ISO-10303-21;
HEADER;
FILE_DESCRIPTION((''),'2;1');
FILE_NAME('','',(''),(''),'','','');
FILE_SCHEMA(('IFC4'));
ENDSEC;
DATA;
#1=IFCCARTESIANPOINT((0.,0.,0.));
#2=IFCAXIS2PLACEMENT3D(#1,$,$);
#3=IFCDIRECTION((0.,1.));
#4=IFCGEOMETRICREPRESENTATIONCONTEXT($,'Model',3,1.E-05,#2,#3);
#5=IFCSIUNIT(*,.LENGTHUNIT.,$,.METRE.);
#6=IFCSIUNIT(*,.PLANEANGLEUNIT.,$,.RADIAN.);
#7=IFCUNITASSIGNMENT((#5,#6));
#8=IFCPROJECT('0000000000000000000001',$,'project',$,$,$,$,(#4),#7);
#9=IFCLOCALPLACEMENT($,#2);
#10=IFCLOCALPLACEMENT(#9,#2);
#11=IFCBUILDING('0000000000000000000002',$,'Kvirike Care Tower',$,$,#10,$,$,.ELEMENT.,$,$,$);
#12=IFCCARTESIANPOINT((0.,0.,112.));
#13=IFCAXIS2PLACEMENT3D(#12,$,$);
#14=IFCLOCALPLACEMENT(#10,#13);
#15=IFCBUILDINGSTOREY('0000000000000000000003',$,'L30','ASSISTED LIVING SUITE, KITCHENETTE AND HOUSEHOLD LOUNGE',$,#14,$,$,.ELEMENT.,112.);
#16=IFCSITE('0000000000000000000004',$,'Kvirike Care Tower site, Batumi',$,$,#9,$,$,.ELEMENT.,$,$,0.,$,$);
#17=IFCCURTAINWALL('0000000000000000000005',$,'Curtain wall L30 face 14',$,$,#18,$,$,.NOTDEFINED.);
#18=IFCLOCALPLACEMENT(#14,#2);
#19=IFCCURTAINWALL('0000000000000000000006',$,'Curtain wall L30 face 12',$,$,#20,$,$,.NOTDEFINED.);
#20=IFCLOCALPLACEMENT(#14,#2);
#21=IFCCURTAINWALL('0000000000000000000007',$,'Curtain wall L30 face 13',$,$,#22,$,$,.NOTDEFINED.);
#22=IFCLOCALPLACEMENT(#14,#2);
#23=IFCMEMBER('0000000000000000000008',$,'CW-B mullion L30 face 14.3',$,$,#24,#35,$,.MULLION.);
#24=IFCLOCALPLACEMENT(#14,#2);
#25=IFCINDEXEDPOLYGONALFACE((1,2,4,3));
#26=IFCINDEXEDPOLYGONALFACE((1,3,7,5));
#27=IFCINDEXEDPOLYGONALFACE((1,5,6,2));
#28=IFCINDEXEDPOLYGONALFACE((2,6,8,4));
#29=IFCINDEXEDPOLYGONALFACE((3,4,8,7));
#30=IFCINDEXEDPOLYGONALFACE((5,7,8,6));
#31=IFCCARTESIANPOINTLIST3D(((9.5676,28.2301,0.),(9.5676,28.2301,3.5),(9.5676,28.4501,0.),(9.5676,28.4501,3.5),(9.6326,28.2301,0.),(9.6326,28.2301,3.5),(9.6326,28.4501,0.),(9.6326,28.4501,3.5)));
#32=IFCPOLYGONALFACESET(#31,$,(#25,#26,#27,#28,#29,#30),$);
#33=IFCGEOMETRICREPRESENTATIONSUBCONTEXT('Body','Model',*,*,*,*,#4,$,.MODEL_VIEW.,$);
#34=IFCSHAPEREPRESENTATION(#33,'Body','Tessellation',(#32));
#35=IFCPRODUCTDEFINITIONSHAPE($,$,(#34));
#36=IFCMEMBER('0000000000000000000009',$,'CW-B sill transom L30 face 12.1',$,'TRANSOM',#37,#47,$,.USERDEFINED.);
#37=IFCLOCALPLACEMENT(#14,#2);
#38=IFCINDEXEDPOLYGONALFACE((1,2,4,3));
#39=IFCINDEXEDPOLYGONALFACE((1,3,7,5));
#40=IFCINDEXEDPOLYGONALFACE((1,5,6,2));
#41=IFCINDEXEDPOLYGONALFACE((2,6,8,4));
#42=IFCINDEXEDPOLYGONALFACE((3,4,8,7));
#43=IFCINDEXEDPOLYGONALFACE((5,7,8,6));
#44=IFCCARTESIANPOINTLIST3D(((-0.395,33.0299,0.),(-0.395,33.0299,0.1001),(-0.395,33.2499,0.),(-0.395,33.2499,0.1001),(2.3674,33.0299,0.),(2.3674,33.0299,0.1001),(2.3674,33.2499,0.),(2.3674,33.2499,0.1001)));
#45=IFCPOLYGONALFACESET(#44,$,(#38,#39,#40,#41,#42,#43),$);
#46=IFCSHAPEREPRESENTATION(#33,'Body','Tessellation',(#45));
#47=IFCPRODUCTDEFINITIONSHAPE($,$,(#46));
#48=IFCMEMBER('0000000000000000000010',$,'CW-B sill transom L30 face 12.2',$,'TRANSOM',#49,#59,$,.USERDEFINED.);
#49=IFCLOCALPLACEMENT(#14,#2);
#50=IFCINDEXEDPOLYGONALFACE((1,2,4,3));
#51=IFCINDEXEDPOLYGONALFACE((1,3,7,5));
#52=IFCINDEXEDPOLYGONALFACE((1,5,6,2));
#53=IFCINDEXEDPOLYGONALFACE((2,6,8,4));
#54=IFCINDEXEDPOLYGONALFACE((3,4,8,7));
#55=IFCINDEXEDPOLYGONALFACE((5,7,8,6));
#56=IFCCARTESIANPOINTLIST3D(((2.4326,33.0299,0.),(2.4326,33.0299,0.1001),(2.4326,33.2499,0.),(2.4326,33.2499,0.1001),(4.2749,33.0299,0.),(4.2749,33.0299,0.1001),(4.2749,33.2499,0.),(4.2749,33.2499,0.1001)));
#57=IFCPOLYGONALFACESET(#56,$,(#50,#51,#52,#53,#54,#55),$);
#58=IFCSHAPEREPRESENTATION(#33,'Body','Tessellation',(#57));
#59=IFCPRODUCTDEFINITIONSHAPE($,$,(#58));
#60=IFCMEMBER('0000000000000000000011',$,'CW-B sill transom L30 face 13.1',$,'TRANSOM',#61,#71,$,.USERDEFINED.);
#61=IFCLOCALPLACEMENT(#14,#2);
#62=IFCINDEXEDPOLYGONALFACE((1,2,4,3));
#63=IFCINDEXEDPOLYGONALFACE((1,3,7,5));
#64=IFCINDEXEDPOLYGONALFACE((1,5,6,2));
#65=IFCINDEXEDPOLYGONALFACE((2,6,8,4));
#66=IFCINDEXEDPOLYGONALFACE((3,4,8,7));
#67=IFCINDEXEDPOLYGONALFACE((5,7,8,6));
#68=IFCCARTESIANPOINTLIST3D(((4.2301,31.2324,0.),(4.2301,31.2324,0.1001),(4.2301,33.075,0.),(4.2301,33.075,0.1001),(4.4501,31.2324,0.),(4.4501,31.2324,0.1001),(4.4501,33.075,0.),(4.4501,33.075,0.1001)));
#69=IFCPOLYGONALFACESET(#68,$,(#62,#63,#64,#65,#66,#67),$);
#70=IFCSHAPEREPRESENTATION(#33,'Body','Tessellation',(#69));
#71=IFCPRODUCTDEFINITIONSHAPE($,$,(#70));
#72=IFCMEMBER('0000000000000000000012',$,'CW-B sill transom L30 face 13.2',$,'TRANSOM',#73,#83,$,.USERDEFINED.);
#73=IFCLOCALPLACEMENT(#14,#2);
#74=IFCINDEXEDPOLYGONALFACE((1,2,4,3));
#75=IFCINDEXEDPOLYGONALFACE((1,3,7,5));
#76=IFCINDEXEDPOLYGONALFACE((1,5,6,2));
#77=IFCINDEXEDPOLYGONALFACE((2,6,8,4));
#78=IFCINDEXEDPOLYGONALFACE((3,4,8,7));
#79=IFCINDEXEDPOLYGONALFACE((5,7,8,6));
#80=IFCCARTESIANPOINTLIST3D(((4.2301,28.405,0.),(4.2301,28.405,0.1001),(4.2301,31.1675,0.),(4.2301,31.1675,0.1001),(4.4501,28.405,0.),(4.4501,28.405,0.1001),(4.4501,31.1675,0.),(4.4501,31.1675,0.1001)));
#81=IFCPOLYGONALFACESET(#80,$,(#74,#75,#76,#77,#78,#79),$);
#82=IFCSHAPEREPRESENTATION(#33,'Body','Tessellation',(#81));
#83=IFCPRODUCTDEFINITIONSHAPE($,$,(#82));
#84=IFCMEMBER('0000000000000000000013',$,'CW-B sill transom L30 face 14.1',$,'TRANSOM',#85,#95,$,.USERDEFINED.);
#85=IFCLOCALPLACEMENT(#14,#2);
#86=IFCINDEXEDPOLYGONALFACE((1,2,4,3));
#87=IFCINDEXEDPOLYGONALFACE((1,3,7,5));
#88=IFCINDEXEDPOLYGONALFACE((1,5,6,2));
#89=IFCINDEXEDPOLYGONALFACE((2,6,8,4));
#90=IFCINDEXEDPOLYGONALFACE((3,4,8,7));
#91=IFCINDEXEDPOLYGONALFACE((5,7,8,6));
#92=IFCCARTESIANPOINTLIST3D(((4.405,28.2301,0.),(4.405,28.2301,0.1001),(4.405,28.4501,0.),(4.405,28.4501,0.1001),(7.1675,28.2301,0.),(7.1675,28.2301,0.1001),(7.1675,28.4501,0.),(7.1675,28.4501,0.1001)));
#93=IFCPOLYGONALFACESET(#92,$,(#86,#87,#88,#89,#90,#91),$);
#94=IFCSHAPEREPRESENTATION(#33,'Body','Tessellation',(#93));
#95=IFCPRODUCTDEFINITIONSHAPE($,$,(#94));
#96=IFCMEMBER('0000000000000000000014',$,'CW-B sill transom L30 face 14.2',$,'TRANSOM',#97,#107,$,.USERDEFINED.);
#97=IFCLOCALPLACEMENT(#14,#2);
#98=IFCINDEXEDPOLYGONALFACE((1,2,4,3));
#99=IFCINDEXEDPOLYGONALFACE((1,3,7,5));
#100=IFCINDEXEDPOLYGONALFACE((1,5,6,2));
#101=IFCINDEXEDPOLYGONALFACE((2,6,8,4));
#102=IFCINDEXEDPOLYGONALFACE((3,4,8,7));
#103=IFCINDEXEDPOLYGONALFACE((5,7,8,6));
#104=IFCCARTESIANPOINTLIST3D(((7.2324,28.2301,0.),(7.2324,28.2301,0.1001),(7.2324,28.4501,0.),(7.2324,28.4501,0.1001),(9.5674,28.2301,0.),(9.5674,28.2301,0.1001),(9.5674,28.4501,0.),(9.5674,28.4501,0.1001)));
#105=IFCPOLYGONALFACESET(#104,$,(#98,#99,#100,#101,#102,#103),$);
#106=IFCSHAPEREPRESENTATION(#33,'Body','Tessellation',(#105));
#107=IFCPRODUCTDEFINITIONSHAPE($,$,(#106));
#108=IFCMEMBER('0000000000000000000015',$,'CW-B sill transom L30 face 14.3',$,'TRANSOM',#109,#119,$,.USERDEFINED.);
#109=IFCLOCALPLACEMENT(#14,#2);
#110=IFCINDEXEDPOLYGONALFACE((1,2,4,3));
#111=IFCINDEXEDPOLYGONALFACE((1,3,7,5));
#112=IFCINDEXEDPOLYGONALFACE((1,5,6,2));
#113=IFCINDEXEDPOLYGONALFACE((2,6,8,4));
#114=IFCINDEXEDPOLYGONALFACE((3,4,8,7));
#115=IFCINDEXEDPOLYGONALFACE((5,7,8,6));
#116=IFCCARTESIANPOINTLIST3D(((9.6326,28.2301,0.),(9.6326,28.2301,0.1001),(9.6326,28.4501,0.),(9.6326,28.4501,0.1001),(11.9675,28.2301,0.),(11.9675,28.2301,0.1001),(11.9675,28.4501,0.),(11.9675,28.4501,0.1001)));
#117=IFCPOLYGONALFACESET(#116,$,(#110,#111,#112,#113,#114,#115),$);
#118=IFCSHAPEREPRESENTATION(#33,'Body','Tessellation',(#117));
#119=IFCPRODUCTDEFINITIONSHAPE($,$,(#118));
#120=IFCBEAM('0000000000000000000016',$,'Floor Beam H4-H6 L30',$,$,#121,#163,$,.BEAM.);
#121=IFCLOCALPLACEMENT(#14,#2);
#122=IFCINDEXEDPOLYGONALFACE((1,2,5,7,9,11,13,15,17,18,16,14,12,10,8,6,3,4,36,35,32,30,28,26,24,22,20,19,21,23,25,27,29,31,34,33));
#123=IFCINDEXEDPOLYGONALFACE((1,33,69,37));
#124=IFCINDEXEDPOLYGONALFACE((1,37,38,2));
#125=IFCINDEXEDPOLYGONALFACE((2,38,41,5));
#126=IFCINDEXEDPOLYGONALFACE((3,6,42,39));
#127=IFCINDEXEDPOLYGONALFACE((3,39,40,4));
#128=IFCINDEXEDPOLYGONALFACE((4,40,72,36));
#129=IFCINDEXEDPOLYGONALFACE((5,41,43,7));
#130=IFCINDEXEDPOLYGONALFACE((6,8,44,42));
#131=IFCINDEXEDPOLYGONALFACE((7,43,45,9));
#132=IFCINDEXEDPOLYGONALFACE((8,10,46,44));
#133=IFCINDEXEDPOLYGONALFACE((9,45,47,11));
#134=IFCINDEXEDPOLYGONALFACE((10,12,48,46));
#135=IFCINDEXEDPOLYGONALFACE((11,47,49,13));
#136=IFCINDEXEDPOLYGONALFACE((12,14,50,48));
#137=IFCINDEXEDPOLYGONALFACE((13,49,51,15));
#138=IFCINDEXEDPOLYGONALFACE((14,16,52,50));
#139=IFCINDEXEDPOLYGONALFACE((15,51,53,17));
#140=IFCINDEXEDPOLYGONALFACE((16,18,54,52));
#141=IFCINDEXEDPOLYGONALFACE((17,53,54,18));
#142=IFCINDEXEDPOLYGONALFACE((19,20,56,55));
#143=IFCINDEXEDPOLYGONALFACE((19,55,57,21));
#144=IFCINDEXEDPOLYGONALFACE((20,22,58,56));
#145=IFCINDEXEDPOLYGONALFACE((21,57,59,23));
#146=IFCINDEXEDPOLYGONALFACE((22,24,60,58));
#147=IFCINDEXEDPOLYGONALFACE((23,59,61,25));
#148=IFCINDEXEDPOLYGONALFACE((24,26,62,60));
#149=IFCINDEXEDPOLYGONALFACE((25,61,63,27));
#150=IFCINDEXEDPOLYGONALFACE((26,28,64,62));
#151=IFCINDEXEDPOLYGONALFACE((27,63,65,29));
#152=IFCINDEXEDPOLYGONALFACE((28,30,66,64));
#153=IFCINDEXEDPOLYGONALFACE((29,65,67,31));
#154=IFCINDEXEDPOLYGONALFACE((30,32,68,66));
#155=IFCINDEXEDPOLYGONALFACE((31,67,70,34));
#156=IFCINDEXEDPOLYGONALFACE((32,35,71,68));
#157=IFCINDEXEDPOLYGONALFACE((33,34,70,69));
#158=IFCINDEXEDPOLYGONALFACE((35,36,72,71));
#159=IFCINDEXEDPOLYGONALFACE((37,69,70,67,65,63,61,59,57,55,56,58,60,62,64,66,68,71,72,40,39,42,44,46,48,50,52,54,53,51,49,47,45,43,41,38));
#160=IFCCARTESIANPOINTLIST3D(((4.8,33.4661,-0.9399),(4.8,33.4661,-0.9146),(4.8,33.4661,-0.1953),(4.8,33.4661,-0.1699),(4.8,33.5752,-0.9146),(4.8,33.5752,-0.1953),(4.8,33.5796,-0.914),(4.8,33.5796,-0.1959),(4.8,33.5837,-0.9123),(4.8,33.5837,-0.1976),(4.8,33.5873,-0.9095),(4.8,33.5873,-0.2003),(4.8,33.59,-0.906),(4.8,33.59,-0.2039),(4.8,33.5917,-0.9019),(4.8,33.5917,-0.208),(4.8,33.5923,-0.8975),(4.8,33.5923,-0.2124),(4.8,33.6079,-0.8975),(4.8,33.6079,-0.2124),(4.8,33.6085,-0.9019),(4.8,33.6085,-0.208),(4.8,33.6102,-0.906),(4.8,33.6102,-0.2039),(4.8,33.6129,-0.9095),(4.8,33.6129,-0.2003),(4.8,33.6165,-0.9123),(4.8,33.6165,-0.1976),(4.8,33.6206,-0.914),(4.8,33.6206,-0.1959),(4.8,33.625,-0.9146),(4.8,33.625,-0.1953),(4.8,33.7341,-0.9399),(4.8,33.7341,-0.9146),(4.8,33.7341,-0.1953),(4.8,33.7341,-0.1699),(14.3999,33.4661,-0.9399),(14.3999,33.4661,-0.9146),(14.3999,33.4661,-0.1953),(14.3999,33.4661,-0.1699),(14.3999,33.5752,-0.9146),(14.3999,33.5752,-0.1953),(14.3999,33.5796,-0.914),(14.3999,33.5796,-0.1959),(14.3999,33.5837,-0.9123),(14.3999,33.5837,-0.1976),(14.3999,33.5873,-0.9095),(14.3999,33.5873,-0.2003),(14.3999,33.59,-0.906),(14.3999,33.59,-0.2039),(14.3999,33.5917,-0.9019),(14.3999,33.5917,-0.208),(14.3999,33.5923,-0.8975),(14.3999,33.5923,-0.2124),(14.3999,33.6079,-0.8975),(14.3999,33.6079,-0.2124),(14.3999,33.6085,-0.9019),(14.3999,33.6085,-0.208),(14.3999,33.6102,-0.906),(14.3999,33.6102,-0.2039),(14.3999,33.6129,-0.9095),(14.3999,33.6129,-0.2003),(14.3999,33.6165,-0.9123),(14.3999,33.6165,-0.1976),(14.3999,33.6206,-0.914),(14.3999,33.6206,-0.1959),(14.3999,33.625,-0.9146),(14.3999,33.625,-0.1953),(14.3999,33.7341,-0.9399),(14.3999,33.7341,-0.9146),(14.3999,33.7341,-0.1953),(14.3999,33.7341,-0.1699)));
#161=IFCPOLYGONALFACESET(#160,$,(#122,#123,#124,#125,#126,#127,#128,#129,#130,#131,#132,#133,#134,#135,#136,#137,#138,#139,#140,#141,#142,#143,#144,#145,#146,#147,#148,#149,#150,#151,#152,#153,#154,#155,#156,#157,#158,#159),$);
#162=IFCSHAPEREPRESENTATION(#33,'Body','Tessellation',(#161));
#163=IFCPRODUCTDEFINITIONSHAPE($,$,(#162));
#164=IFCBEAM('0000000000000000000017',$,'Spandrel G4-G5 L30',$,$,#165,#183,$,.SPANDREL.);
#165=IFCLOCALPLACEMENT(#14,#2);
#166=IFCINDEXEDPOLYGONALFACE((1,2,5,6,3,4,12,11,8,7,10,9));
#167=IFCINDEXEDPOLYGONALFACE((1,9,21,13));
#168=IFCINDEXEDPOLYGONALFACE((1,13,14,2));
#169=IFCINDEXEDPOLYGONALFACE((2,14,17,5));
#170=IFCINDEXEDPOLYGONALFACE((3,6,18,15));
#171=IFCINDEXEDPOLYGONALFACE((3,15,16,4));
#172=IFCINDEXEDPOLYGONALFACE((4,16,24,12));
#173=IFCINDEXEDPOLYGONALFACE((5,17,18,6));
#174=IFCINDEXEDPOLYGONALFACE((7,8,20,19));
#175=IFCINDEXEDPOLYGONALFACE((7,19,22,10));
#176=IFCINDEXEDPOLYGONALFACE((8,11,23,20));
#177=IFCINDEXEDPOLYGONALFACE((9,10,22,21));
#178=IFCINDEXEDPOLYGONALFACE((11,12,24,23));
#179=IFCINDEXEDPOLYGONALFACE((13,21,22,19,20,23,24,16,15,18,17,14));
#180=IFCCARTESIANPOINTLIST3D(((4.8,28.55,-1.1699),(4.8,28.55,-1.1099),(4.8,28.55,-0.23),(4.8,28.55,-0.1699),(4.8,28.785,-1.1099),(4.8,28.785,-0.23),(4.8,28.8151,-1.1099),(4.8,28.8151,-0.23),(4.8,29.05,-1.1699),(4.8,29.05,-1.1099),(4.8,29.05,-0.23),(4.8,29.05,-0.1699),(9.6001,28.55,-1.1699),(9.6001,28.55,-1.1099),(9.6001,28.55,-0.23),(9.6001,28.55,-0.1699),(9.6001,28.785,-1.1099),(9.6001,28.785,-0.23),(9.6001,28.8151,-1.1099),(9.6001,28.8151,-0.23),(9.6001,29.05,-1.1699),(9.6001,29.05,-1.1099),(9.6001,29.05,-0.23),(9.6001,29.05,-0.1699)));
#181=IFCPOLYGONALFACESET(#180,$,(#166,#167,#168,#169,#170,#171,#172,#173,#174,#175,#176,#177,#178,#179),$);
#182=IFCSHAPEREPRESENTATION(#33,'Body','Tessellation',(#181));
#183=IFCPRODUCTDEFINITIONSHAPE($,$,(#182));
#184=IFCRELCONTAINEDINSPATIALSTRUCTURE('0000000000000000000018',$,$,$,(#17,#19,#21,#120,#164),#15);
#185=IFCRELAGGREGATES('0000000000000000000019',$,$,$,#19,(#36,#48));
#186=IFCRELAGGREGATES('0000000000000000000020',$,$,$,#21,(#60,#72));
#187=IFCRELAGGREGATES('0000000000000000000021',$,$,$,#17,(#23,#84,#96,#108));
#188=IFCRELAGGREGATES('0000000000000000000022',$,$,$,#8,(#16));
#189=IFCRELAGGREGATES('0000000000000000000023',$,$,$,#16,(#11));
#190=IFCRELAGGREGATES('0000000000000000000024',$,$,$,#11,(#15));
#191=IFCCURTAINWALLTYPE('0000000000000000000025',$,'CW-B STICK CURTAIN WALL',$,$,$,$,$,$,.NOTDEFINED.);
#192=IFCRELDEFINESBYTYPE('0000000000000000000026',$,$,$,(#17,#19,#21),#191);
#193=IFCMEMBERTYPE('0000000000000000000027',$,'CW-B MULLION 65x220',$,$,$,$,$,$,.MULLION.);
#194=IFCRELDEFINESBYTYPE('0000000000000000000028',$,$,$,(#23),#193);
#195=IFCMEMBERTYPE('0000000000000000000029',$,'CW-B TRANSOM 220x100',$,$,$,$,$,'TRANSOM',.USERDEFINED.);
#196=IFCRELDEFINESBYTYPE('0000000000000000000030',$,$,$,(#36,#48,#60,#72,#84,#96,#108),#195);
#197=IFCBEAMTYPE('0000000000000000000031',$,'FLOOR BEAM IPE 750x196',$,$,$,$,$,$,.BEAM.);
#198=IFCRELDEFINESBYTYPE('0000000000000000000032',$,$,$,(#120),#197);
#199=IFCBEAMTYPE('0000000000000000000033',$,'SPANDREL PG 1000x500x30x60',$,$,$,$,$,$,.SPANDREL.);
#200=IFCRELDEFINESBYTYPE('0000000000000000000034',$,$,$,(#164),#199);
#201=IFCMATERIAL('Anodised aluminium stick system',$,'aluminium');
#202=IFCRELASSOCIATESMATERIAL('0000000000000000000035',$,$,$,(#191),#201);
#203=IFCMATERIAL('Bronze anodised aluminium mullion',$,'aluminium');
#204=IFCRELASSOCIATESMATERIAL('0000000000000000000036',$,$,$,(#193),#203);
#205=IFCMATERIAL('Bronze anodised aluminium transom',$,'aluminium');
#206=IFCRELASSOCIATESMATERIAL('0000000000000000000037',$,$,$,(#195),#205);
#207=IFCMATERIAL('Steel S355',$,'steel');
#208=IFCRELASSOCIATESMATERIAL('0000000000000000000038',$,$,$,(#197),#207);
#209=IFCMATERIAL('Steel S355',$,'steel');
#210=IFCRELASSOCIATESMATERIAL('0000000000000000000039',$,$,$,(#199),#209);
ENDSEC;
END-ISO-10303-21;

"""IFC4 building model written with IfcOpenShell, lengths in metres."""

from ifc_helpers import new_model, si_unit, direction, frame, origin, origin_2d, place, context, subcontext, project, spatial, rectangle, i_section, extrude, material, material_profile, profile_set, type_object, element, aggregate, save


model = new_model("IFC4")

# Units and contexts
model_context = context("Model", 3, precision=1e-05, world=origin(), true_north=direction((0.0, 1.0)))
body_context = subcontext(model_context, "Body", "Model", "MODEL_VIEW")
ifc_project = project(units=[si_unit("LENGTHUNIT", "METRE"), si_unit("PLANEANGLEUNIT", "RADIAN")], contexts=[model_context])

# Site, building, storey
site_placement = place(None, origin())
site = spatial("IfcSite", under=ifc_project, at=site_placement, Name="Kvirike Care Tower site, Batumi", CompositionType="ELEMENT", RefElevation=0.0)
building_placement = place(site_placement, origin())
building = spatial("IfcBuilding", under=site, at=building_placement, Name="Kvirike Care Tower", CompositionType="ELEMENT")
storey_placement = place(building_placement, frame((0.0, 0.0, 112.0)))
storey = spatial("IfcBuildingStorey", under=building, at=storey_placement, Name="L30", Description="ASSISTED LIVING SUITE, KITCHENETTE AND HOUSEHOLD LOUNGE", CompositionType="ELEMENT", Elevation=112.0)

# Curtain wall
ifc_material_1 = material(Name="Anodised aluminium stick system", Category="aluminium")
curtain_wall_type = type_object("IfcCurtainWallType", Name="CW-B STICK CURTAIN WALL", PredefinedType="NOTDEFINED", material=ifc_material_1)
curtain_wall_1_placement = place(storey_placement, origin())
curtain_wall_1 = element("IfcCurtainWall", 1, at=curtain_wall_1_placement, inside=storey, type_object=curtain_wall_type, Name="Curtain wall L30 face 14", PredefinedType="NOTDEFINED")
ifc_material_2 = material(Name="Bronze anodised aluminium mullion", Category="aluminium")
ifc_material_profile_1 = material_profile(ifc_material_2, rectangle(XDim=0.0649, YDim=0.22, at=origin_2d()), Name="CW-B MULLION 65x220")
ifc_profile_set_1 = profile_set([ifc_material_profile_1], Name="Bronze anodised aluminium mullion")
member_type_1 = type_object("IfcMemberType", Name="CW-B MULLION 65x220", PredefinedType="MULLION", material=ifc_profile_set_1)

# Curtain walls
curtain_wall_2_placement = place(storey_placement, origin())
curtain_wall_2 = element("IfcCurtainWall", 2, at=curtain_wall_2_placement, inside=storey, type_object=curtain_wall_type, Name="Curtain wall L30 face 12", PredefinedType="NOTDEFINED")
curtain_wall_3_placement = place(storey_placement, origin())
curtain_wall_3 = element("IfcCurtainWall", 3, at=curtain_wall_3_placement, inside=storey, type_object=curtain_wall_type, Name="Curtain wall L30 face 13", PredefinedType="NOTDEFINED")

# Members
member_1_placement = place(storey_placement, frame((9.6001, 28.3401, 0.0), z_axis=(0.0, 0.0, 1.0), x_axis=(1.0, 0.0, 0.0)))
member_1 = element("IfcMember", 4, at=member_1_placement, type_object=member_type_1, Name="CW-B mullion L30 face 14.3", PredefinedType="MULLION", context=body_context, shape_type="SweptSolid", body=[
    extrude(rectangle(XDim=0.0649, YDim=0.22, at=origin_2d()), origin(), (0.0, 0.0, 1.0), 3.5),
])
ifc_material_3 = material(Name="Bronze anodised aluminium transom", Category="aluminium")
ifc_material_profile_2 = material_profile(ifc_material_3, rectangle(XDim=0.22, YDim=0.1001, at=origin_2d()), Name="CW-B TRANSOM 220x100")
ifc_profile_set_2 = profile_set([ifc_material_profile_2], Name="Bronze anodised aluminium transom")
member_type_2 = type_object("IfcMemberType", Name="CW-B TRANSOM 220x100", ElementType="TRANSOM", PredefinedType="USERDEFINED", material=ifc_profile_set_2)
member_2_placement = place(storey_placement, frame((-0.395, 33.1399, 0.05), z_axis=(1.0, 0.0, 0.0), x_axis=(0.0, 1.0, 0.0)))
member_2 = element("IfcMember", 5, at=member_2_placement, type_object=member_type_2, Name="CW-B sill transom L30 face 12.1", ObjectType="TRANSOM", PredefinedType="USERDEFINED", context=body_context, shape_type="SweptSolid", body=[
    extrude(rectangle(XDim=0.22, YDim=0.1001, at=origin_2d()), origin(), (0.0, 0.0, 1.0), 2.7625),
])
member_3_placement = place(storey_placement, frame((2.4326, 33.1399, 0.05), z_axis=(1.0, 0.0, 0.0), x_axis=(0.0, 1.0, 0.0)))
member_3 = element("IfcMember", 6, at=member_3_placement, type_object=member_type_2, Name="CW-B sill transom L30 face 12.2", ObjectType="TRANSOM", PredefinedType="USERDEFINED", context=body_context, shape_type="SweptSolid", body=[
    extrude(rectangle(XDim=0.22, YDim=0.1001, at=origin_2d()), origin(), (0.0, 0.0, 1.0), 1.8423),
])
member_4_placement = place(storey_placement, frame((4.3401, 33.075, 0.05), z_axis=(0.0, -1.0, 0.0), x_axis=(1.0, 0.0, 0.0)))
member_4 = element("IfcMember", 7, at=member_4_placement, type_object=member_type_2, Name="CW-B sill transom L30 face 13.1", ObjectType="TRANSOM", PredefinedType="USERDEFINED", context=body_context, shape_type="SweptSolid", body=[
    extrude(rectangle(XDim=0.22, YDim=0.1001, at=origin_2d()), origin(), (0.0, 0.0, 1.0), 1.8425),
])
member_5_placement = place(storey_placement, frame((4.3401, 31.1675, 0.05), z_axis=(0.0, -1.0, 0.0), x_axis=(1.0, 0.0, 0.0)))
member_5 = element("IfcMember", 8, at=member_5_placement, type_object=member_type_2, Name="CW-B sill transom L30 face 13.2", ObjectType="TRANSOM", PredefinedType="USERDEFINED", context=body_context, shape_type="SweptSolid", body=[
    extrude(rectangle(XDim=0.22, YDim=0.1001, at=origin_2d()), origin(), (0.0, 0.0, 1.0), 2.7625),
])
member_6_placement = place(storey_placement, frame((4.405, 28.3401, 0.05), z_axis=(1.0, 0.0, 0.0), x_axis=(0.0, 1.0, 0.0)))
member_6 = element("IfcMember", 9, at=member_6_placement, type_object=member_type_2, Name="CW-B sill transom L30 face 14.1", ObjectType="TRANSOM", PredefinedType="USERDEFINED", context=body_context, shape_type="SweptSolid", body=[
    extrude(rectangle(XDim=0.22, YDim=0.1001, at=origin_2d()), origin(), (0.0, 0.0, 1.0), 2.7625),
])
member_7_placement = place(storey_placement, frame((7.2324, 28.3401, 0.05), z_axis=(1.0, 0.0, 0.0), x_axis=(0.0, 1.0, 0.0)))
member_7 = element("IfcMember", 10, at=member_7_placement, type_object=member_type_2, Name="CW-B sill transom L30 face 14.2", ObjectType="TRANSOM", PredefinedType="USERDEFINED", context=body_context, shape_type="SweptSolid", body=[
    extrude(rectangle(XDim=0.22, YDim=0.1001, at=origin_2d()), origin(), (0.0, 0.0, 1.0), 2.335),
])
member_8_placement = place(storey_placement, frame((9.6326, 28.3401, 0.05), z_axis=(1.0, 0.0, 0.0), x_axis=(0.0, 1.0, 0.0)))
member_8 = element("IfcMember", 11, at=member_8_placement, type_object=member_type_2, Name="CW-B sill transom L30 face 14.3", ObjectType="TRANSOM", PredefinedType="USERDEFINED", context=body_context, shape_type="SweptSolid", body=[
    extrude(rectangle(XDim=0.22, YDim=0.1001, at=origin_2d()), origin(), (0.0, 0.0, 1.0), 2.335),
])

# Beams
ifc_material_4 = material(Name="Steel S355", Category="steel")
ifc_material_profile_3 = material_profile(ifc_material_4, i_section(OverallWidth=0.2681, OverallDepth=0.77, WebThickness=0.0156, FlangeThickness=0.0254, FilletRadius=0.0171, at=origin_2d()), Name="IPE 750x196")
ifc_profile_set_3 = profile_set([ifc_material_profile_3], Name="Steel S355")
beam_type_1 = type_object("IfcBeamType", Name="FLOOR BEAM IPE 750x196", PredefinedType="BEAM", material=ifc_profile_set_3)
beam_1_placement = place(storey_placement, frame((4.8, 33.6001, -0.5549), z_axis=(1.0, 0.0, 0.0), x_axis=(0.0, 1.0, 0.0)))
element("IfcBeam", 12, at=beam_1_placement, inside=storey, type_object=beam_type_1, Name="Floor Beam H4-H6 L30", PredefinedType="BEAM", context=body_context, shape_type="SweptSolid", body=[
    extrude(i_section(OverallWidth=0.2681, OverallDepth=0.77, WebThickness=0.0156, FlangeThickness=0.0254, FilletRadius=0.0171, at=origin_2d()), origin(), (0.0, 0.0, 1.0), 9.5999),
])
ifc_material_5 = material(Name="Steel S355", Category="steel")
ifc_material_profile_4 = material_profile(ifc_material_5, i_section(OverallWidth=0.5, OverallDepth=1.0, WebThickness=0.03, FlangeThickness=0.0601, at=origin_2d()), Name="PG 1000x500x30x60")
ifc_profile_set_4 = profile_set([ifc_material_profile_4], Name="Steel S355")
beam_type_2 = type_object("IfcBeamType", Name="SPANDREL PG 1000x500x30x60", PredefinedType="SPANDREL", material=ifc_profile_set_4)
beam_2_placement = place(storey_placement, frame((4.8, 28.8, -0.6699), z_axis=(1.0, 0.0, 0.0), x_axis=(0.0, 1.0, 0.0)))
element("IfcBeam", 13, at=beam_2_placement, inside=storey, type_object=beam_type_2, Name="Spandrel G4-G5 L30", PredefinedType="SPANDREL", context=body_context, shape_type="SweptSolid", body=[
    extrude(i_section(OverallWidth=0.5, OverallDepth=1.0, WebThickness=0.03, FlangeThickness=0.0601, at=origin_2d()), origin(), (0.0, 0.0, 1.0), 4.8),
])

aggregate(curtain_wall_2, [member_2, member_3])
aggregate(curtain_wall_3, [member_4, member_5])
aggregate(curtain_wall_1, [member_1, member_6, member_7, member_8])

save(model, "model.ifc")
